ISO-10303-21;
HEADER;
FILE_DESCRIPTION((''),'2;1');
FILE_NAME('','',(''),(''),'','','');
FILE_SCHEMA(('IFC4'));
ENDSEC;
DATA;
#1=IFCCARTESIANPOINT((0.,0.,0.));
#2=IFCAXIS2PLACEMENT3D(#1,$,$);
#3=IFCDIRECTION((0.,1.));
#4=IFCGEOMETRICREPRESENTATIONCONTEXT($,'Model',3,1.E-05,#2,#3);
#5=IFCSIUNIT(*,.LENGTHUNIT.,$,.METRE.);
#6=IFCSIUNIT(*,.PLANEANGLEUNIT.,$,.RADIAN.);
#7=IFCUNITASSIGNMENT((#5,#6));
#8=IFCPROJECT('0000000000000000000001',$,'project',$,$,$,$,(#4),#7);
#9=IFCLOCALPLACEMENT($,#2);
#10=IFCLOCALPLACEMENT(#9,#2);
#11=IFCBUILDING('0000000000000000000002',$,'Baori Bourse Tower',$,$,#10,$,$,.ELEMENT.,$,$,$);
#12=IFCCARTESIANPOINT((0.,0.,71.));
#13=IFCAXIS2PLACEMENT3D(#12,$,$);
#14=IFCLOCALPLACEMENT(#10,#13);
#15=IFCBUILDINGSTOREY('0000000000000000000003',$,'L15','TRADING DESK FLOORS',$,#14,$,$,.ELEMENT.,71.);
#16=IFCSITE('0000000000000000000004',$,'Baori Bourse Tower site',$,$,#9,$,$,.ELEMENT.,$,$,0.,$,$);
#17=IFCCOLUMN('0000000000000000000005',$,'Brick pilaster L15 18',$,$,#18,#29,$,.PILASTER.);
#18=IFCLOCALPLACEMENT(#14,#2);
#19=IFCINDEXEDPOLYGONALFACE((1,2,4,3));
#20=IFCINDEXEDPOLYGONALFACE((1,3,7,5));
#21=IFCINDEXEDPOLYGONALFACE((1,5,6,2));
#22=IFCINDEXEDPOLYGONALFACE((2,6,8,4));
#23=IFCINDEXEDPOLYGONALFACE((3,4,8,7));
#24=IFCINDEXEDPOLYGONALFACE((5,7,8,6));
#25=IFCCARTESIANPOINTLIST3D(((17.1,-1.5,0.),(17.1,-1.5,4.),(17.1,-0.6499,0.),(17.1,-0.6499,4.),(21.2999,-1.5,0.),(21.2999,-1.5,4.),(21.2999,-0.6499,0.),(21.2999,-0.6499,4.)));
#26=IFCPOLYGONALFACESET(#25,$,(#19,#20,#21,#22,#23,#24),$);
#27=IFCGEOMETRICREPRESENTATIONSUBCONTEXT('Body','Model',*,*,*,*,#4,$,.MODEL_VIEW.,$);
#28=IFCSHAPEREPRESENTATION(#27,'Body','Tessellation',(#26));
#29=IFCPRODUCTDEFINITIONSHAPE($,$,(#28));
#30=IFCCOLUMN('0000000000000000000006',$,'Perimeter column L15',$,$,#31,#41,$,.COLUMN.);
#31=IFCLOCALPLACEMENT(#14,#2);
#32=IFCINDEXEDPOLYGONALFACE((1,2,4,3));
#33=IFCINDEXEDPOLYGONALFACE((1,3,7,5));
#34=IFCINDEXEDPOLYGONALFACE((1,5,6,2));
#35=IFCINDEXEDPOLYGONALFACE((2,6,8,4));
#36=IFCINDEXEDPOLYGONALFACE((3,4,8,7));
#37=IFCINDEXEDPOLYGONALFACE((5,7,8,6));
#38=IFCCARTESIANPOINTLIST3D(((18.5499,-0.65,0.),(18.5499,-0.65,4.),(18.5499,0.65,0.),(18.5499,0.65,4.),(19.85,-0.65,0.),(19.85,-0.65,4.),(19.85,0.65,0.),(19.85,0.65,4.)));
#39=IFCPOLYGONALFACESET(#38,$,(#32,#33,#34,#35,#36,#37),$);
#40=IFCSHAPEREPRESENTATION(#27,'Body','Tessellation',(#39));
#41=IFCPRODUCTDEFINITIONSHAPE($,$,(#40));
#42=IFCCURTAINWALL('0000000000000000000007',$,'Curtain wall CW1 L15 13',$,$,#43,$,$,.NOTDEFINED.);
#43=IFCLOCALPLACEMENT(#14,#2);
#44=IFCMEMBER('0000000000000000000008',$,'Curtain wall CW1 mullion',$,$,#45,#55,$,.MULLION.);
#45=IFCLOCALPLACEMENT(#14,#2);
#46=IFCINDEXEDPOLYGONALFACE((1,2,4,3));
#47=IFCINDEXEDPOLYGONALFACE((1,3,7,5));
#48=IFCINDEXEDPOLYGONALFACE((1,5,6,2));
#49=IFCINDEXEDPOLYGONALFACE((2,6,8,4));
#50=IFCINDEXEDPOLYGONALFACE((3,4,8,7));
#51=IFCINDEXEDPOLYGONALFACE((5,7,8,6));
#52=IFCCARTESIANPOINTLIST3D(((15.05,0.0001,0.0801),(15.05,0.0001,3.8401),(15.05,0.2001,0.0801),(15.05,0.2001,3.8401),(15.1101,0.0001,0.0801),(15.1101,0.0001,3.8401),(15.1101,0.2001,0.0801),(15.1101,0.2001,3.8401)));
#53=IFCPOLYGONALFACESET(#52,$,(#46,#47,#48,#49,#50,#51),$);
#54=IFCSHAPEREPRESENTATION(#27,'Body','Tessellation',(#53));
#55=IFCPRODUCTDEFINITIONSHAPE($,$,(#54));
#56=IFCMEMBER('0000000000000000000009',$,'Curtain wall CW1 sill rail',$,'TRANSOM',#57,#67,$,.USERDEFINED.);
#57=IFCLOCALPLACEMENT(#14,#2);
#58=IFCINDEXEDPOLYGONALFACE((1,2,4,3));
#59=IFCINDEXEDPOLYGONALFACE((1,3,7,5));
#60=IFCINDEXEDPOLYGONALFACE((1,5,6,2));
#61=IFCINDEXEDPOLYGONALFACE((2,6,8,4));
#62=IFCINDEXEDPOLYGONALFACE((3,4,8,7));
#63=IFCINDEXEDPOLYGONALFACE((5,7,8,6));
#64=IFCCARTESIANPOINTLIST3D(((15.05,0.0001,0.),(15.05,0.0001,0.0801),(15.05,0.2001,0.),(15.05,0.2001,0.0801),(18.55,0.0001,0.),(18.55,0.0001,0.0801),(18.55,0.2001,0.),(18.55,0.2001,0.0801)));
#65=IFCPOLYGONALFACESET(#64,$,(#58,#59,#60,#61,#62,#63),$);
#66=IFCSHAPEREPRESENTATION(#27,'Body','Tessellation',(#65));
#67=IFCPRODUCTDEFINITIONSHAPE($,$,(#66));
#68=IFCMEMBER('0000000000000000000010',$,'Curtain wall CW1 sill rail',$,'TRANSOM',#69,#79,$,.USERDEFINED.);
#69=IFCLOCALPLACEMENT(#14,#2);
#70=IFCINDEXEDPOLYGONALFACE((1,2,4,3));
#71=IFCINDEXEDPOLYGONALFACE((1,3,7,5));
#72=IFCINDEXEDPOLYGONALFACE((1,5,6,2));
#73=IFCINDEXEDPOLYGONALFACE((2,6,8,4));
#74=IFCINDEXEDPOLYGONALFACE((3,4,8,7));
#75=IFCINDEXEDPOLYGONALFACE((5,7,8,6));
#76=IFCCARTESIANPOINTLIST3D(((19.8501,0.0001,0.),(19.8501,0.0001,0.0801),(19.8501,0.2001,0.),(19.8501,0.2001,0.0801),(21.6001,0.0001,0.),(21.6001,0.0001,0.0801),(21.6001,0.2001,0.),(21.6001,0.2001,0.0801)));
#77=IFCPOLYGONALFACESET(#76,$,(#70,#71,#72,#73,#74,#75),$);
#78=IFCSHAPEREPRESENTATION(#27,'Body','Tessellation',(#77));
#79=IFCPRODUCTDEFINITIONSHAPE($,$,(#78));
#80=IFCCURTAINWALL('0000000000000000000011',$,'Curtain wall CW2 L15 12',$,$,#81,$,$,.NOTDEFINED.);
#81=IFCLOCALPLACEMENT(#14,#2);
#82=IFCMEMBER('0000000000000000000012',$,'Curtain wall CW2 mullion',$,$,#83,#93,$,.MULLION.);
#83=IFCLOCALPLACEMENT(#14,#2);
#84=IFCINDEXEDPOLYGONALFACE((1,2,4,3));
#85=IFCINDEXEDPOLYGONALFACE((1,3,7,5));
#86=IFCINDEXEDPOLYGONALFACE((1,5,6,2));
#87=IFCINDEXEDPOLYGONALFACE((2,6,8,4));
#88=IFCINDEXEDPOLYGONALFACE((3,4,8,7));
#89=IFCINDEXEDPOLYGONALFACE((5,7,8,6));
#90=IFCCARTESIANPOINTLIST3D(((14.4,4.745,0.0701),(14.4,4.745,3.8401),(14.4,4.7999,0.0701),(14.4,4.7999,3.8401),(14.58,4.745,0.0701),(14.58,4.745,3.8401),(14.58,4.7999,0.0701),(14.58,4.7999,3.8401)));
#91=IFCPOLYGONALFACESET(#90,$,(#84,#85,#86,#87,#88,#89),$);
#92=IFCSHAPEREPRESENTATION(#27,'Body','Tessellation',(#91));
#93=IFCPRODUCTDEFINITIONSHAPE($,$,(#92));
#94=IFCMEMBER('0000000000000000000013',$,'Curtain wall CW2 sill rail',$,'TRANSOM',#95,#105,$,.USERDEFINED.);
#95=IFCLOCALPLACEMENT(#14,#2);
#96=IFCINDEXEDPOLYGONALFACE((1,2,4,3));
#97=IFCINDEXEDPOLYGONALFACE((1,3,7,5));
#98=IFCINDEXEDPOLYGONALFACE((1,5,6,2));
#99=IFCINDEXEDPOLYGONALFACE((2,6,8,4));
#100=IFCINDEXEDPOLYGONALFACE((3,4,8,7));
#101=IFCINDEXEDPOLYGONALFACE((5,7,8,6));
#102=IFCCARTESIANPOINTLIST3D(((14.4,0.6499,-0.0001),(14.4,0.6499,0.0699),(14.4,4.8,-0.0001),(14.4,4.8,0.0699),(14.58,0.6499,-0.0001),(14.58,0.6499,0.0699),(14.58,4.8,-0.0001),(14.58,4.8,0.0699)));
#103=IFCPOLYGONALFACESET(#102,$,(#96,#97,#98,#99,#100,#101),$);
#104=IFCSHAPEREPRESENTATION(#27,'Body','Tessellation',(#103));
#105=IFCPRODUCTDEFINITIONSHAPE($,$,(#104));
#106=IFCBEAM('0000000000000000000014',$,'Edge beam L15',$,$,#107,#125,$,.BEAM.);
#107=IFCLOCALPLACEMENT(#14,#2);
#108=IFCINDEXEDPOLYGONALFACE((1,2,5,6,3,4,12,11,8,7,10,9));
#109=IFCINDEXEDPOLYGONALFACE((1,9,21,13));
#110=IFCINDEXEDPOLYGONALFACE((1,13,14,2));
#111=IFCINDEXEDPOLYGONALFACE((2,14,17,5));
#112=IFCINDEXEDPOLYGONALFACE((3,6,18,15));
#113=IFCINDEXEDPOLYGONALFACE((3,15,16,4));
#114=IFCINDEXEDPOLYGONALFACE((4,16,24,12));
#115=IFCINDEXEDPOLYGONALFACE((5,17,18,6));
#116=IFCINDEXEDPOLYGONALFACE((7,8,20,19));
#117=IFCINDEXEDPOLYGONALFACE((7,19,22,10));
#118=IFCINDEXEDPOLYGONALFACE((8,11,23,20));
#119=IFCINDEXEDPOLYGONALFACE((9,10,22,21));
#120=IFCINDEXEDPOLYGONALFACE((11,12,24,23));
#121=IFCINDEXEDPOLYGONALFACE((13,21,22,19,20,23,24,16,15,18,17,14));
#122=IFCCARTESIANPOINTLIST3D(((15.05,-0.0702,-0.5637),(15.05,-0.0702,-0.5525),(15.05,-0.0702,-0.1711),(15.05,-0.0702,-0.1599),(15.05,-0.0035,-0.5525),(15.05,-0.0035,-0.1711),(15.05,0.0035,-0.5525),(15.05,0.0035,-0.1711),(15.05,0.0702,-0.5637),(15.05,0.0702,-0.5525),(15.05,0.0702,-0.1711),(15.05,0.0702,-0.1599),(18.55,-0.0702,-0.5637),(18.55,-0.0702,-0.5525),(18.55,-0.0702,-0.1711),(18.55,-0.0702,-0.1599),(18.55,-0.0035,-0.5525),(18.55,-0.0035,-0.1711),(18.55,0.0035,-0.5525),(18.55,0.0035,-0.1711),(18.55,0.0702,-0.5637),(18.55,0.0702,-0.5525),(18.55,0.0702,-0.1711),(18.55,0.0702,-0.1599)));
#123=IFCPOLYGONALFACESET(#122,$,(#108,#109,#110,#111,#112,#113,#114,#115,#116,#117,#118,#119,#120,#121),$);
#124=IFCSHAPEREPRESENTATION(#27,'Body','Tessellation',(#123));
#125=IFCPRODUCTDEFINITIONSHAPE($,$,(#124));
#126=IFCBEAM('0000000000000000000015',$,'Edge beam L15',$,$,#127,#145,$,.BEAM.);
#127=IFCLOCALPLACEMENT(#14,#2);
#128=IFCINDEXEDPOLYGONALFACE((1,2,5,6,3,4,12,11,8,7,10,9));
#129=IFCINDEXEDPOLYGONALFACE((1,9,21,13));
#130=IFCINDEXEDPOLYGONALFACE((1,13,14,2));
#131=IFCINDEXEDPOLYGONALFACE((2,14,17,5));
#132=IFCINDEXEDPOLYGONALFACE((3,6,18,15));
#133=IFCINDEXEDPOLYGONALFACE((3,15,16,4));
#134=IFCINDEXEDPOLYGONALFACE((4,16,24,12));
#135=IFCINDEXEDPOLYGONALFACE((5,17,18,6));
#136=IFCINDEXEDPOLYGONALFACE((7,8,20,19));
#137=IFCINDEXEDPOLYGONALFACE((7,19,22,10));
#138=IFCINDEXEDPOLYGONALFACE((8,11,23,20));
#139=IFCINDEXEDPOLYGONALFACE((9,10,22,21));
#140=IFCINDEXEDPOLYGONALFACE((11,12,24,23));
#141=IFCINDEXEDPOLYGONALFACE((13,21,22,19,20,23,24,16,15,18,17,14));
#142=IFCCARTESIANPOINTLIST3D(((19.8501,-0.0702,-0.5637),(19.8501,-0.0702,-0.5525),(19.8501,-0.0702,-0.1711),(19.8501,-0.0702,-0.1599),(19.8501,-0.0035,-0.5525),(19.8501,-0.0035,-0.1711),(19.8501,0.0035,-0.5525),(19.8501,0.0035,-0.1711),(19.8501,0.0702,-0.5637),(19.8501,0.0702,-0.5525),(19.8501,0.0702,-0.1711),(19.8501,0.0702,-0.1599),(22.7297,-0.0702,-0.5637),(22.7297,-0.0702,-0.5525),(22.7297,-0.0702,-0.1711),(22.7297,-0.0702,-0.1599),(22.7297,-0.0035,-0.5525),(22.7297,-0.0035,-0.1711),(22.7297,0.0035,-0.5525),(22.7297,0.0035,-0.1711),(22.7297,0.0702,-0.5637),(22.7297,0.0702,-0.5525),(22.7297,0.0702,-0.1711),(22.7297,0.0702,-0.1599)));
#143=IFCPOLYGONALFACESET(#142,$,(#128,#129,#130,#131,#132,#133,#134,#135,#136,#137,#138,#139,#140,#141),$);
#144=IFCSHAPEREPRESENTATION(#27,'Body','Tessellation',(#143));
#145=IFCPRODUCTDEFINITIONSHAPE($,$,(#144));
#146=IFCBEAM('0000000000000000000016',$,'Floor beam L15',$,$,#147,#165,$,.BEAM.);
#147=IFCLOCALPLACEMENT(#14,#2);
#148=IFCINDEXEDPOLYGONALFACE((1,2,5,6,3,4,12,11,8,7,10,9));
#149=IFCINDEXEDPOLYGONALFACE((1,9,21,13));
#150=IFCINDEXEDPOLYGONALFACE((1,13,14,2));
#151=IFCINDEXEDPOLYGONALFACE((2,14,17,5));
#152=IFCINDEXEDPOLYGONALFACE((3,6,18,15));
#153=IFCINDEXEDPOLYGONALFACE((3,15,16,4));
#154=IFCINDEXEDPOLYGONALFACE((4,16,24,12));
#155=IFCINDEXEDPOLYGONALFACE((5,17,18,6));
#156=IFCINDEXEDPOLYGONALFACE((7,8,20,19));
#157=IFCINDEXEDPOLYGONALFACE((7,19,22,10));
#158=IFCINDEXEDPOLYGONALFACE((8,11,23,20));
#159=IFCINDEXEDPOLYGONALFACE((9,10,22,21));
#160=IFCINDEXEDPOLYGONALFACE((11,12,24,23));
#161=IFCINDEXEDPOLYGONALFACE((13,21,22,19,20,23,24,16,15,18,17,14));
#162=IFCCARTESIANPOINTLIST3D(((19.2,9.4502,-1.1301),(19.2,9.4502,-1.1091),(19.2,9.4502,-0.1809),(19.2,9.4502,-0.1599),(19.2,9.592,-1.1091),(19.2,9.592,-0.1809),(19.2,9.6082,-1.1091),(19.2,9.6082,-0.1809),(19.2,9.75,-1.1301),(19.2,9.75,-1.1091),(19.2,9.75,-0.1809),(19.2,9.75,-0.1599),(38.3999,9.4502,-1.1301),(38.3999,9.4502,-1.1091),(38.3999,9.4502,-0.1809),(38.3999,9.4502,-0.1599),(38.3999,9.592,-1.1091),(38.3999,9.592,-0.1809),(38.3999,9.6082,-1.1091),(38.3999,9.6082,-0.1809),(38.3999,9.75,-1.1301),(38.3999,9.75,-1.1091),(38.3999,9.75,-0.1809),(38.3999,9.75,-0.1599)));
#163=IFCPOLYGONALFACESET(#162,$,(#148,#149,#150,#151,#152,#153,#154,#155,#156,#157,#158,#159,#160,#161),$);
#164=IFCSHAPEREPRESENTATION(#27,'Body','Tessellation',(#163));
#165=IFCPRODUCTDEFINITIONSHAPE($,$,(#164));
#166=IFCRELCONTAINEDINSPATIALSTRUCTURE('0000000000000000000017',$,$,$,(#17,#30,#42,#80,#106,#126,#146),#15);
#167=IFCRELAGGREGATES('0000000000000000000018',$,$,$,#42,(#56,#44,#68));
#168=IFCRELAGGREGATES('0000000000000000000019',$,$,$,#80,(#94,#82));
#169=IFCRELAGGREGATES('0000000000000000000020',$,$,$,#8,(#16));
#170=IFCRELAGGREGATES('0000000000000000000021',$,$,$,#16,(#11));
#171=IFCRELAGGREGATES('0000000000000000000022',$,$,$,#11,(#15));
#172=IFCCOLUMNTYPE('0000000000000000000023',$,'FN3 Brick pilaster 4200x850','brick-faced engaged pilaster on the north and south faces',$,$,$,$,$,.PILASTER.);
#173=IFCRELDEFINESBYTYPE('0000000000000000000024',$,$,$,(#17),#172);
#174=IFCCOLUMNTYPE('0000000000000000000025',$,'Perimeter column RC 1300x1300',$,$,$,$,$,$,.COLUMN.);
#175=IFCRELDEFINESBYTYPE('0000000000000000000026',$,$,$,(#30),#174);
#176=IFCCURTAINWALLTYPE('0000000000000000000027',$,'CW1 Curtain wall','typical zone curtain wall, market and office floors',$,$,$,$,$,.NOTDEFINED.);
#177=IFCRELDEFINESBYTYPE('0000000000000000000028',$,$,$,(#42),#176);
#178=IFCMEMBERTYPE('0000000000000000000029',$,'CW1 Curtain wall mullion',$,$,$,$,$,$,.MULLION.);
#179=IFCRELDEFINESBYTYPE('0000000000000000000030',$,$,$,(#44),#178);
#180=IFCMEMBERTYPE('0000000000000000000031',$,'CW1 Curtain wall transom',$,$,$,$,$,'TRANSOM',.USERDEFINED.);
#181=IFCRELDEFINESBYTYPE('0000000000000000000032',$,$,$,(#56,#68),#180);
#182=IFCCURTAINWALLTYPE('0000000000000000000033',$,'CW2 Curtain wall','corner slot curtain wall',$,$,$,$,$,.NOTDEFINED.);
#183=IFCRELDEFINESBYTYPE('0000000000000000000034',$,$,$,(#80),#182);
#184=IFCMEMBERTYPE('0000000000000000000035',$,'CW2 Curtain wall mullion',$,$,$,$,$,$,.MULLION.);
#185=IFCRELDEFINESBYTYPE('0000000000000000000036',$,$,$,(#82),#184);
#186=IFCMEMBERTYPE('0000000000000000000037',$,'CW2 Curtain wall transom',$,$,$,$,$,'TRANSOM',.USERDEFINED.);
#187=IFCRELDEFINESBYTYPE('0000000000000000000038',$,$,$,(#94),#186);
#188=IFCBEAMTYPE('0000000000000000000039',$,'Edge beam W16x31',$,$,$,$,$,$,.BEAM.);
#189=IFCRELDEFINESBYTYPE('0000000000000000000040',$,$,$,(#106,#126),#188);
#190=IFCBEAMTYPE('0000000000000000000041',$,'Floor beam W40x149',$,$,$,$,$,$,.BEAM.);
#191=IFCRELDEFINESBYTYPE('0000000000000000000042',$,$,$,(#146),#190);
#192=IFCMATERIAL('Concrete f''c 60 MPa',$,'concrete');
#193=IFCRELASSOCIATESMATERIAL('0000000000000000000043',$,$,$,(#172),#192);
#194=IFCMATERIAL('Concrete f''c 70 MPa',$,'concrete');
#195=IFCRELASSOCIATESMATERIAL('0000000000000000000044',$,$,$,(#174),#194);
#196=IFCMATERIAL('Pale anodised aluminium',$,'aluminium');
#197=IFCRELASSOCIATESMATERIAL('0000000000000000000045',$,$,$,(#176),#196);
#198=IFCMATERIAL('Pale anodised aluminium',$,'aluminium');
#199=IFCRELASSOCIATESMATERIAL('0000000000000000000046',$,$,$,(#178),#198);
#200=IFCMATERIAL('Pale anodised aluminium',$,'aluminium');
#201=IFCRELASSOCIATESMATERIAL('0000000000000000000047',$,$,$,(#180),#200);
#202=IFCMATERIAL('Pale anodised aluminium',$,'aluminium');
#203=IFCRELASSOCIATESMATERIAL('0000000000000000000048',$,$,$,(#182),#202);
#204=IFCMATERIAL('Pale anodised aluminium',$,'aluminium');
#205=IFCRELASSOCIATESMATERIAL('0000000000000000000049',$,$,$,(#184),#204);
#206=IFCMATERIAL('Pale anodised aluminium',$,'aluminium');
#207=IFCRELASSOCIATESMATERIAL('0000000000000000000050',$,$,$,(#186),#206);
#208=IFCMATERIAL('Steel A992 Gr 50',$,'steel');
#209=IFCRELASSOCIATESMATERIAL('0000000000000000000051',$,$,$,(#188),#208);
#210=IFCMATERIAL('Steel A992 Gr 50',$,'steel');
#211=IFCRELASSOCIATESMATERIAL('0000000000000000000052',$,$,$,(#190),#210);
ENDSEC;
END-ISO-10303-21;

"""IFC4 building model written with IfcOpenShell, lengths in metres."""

from ifc_helpers import new_model, si_unit, direction, frame, origin, origin_2d, place, context, subcontext, project, spatial, rectangle, i_section, extrude, material, material_profile, profile_set, type_object, element, aggregate, save


model = new_model("IFC4")

# Units and contexts
model_context = context("Model", 3, precision=1e-05, world=origin(), true_north=direction((0.0, 1.0)))
body_context = subcontext(model_context, "Body", "Model", "MODEL_VIEW")
ifc_project = project(units=[si_unit("LENGTHUNIT", "METRE"), si_unit("PLANEANGLEUNIT", "RADIAN")], contexts=[model_context])

# Site, building, storey
site_placement = place(None, origin())
site = spatial("IfcSite", under=ifc_project, at=site_placement, Name="Baori Bourse Tower site", CompositionType="ELEMENT", RefElevation=0.0)
building_placement = place(site_placement, origin())
building = spatial("IfcBuilding", under=site, at=building_placement, Name="Baori Bourse Tower", CompositionType="ELEMENT")
storey_placement = place(building_placement, frame((0.0, 0.0, 71.0)))
storey = spatial("IfcBuildingStorey", under=building, at=storey_placement, Name="L15", Description="TRADING DESK FLOORS", CompositionType="ELEMENT", Elevation=71.0)

# Columns
ifc_material_1 = material(Name="Concrete f'c 60 MPa", Category="concrete")
ifc_material_profile_1 = material_profile(ifc_material_1, rectangle(XDim=4.2, YDim=0.8501, at=origin_2d()), Name="RC 4200x850")
ifc_profile_set_1 = profile_set([ifc_material_profile_1], Name="Concrete f'c 60 MPa")
column_type_1 = type_object("IfcColumnType", Name="FN3 Brick pilaster 4200x850", Description="brick-faced engaged pilaster on the north and south faces", PredefinedType="PILASTER", material=ifc_profile_set_1)
column_1_placement = place(storey_placement, frame((19.2, -1.075, 0.0), z_axis=(0.0, 0.0, 1.0), x_axis=(1.0, 0.0, 0.0)))
element("IfcColumn", 1, at=column_1_placement, inside=storey, type_object=column_type_1, Name="Brick pilaster L15 18", PredefinedType="PILASTER", context=body_context, shape_type="SweptSolid", body=[
    extrude(rectangle(XDim=4.2, YDim=0.8501, at=origin_2d()), origin(), (0.0, 0.0, 1.0), 4.0),
])
ifc_material_2 = material(Name="Concrete f'c 70 MPa", Category="concrete")
ifc_material_profile_2 = material_profile(ifc_material_2, rectangle(XDim=1.3, YDim=1.3, at=origin_2d()), Name="RC 1300x1300")
ifc_profile_set_2 = profile_set([ifc_material_profile_2], Name="Concrete f'c 70 MPa")
column_type_2 = type_object("IfcColumnType", Name="Perimeter column RC 1300x1300", PredefinedType="COLUMN", material=ifc_profile_set_2)
column_2_placement = place(storey_placement, frame((19.2, 0.0, 0.0), z_axis=(0.0, 0.0, 1.0), x_axis=(1.0, 0.0, 0.0)))
element("IfcColumn", 2, at=column_2_placement, inside=storey, type_object=column_type_2, Name="Perimeter column L15", PredefinedType="COLUMN", context=body_context, shape_type="SweptSolid", body=[
    extrude(rectangle(XDim=1.3, YDim=1.3, at=origin_2d()), origin(), (0.0, 0.0, 1.0), 4.0),
])

# Curtain walls, members
ifc_material_3 = material(Name="Pale anodised aluminium", Category="aluminium")
curtain_wall_type_1 = type_object("IfcCurtainWallType", Name="CW1 Curtain wall", Description="typical zone curtain wall, market and office floors", PredefinedType="NOTDEFINED", material=ifc_material_3)
curtain_wall_1_placement = place(storey_placement, origin())
curtain_wall_1 = element("IfcCurtainWall", 3, at=curtain_wall_1_placement, inside=storey, type_object=curtain_wall_type_1, Name="Curtain wall CW1 L15 13", PredefinedType="NOTDEFINED")
ifc_material_4 = material(Name="Pale anodised aluminium", Category="aluminium")
ifc_material_profile_3 = material_profile(ifc_material_4, rectangle(XDim=0.2, YDim=0.0601, at=origin_2d()), Name="Mullion 60x200")
ifc_profile_set_3 = profile_set([ifc_material_profile_3], Name="Pale anodised aluminium")
member_type_1 = type_object("IfcMemberType", Name="CW1 Curtain wall mullion", PredefinedType="MULLION", material=ifc_profile_set_3)
member_1_placement = place(storey_placement, frame((15.0801, 0.1001, 0.0801), z_axis=(0.0, 0.0, 1.0), x_axis=(0.0, 1.0, 0.0)))
member_1 = element("IfcMember", 4, at=member_1_placement, type_object=member_type_1, Name="Curtain wall CW1 mullion", PredefinedType="MULLION", context=body_context, shape_type="SweptSolid", body=[
    extrude(rectangle(XDim=0.2, YDim=0.0601, at=origin_2d()), origin(), (0.0, 0.0, 1.0), 3.76),
])
ifc_material_5 = material(Name="Pale anodised aluminium", Category="aluminium")
ifc_material_profile_4 = material_profile(ifc_material_5, rectangle(XDim=0.2, YDim=0.0801, at=origin_2d()), Name="Transom 80x200")
ifc_profile_set_4 = profile_set([ifc_material_profile_4], Name="Pale anodised aluminium")
member_type_2 = type_object("IfcMemberType", Name="CW1 Curtain wall transom", ElementType="TRANSOM", PredefinedType="USERDEFINED", material=ifc_profile_set_4)
member_2_placement = place(storey_placement, frame((15.05, 0.1001, 0.04), z_axis=(1.0, 0.0, 0.0), x_axis=(0.0, 1.0, 0.0)))
member_2 = element("IfcMember", 5, at=member_2_placement, type_object=member_type_2, Name="Curtain wall CW1 sill rail", ObjectType="TRANSOM", PredefinedType="USERDEFINED", context=body_context, shape_type="SweptSolid", body=[
    extrude(rectangle(XDim=0.2, YDim=0.0801, at=origin_2d()), origin(), (0.0, 0.0, 1.0), 3.5),
])
member_3_placement = place(storey_placement, frame((19.8501, 0.1001, 0.04), z_axis=(1.0, 0.0, 0.0), x_axis=(0.0, 1.0, 0.0)))
member_3 = element("IfcMember", 6, at=member_3_placement, type_object=member_type_2, Name="Curtain wall CW1 sill rail", ObjectType="TRANSOM", PredefinedType="USERDEFINED", context=body_context, shape_type="SweptSolid", body=[
    extrude(rectangle(XDim=0.2, YDim=0.0801, at=origin_2d()), origin(), (0.0, 0.0, 1.0), 1.75),
])
ifc_material_6 = material(Name="Pale anodised aluminium", Category="aluminium")
curtain_wall_type_2 = type_object("IfcCurtainWallType", Name="CW2 Curtain wall", Description="corner slot curtain wall", PredefinedType="NOTDEFINED", material=ifc_material_6)
curtain_wall_2_placement = place(storey_placement, origin())
curtain_wall_2 = element("IfcCurtainWall", 7, at=curtain_wall_2_placement, inside=storey, type_object=curtain_wall_type_2, Name="Curtain wall CW2 L15 12", PredefinedType="NOTDEFINED")
ifc_material_7 = material(Name="Pale anodised aluminium", Category="aluminium")
ifc_material_profile_5 = material_profile(ifc_material_7, rectangle(XDim=0.1799, YDim=0.0549, at=origin_2d()), Name="Mullion 55x180")
ifc_profile_set_5 = profile_set([ifc_material_profile_5], Name="Pale anodised aluminium")
member_type_3 = type_object("IfcMemberType", Name="CW2 Curtain wall mullion", PredefinedType="MULLION", material=ifc_profile_set_5)
member_4_placement = place(storey_placement, frame((14.49, 4.7725, 0.0701), z_axis=(0.0, 0.0, 1.0), x_axis=(1.0, 0.0, 0.0)))
member_4 = element("IfcMember", 8, at=member_4_placement, type_object=member_type_3, Name="Curtain wall CW2 mullion", PredefinedType="MULLION", context=body_context, shape_type="SweptSolid", body=[
    extrude(rectangle(XDim=0.1799, YDim=0.0549, at=origin_2d()), origin(), (0.0, 0.0, 1.0), 3.77),
])
ifc_material_8 = material(Name="Pale anodised aluminium", Category="aluminium")
ifc_material_profile_6 = material_profile(ifc_material_8, rectangle(XDim=0.1799, YDim=0.0701, at=origin_2d()), Name="Transom 70x180")
ifc_profile_set_6 = profile_set([ifc_material_profile_6], Name="Pale anodised aluminium")
member_type_4 = type_object("IfcMemberType", Name="CW2 Curtain wall transom", ElementType="TRANSOM", PredefinedType="USERDEFINED", material=ifc_profile_set_6)
member_5_placement = place(storey_placement, frame((14.49, 4.8, 0.0349), z_axis=(0.0, -1.0, 0.0), x_axis=(1.0, 0.0, 0.0)))
member_5 = element("IfcMember", 9, at=member_5_placement, type_object=member_type_4, Name="Curtain wall CW2 sill rail", ObjectType="TRANSOM", PredefinedType="USERDEFINED", context=body_context, shape_type="SweptSolid", body=[
    extrude(rectangle(XDim=0.1799, YDim=0.0701, at=origin_2d()), origin(), (0.0, 0.0, 1.0), 4.1501),
])

# Beams
ifc_material_9 = material(Name="Steel A992 Gr 50", Category="steel")
ifc_material_profile_7 = material_profile(ifc_material_9, i_section(OverallWidth=0.1404, OverallDepth=0.4038, WebThickness=0.0071, FlangeThickness=0.0112, at=origin_2d()), Name="W16x31")
ifc_profile_set_7 = profile_set([ifc_material_profile_7], Name="Steel A992 Gr 50")
beam_type_1 = type_object("IfcBeamType", Name="Edge beam W16x31", PredefinedType="BEAM", material=ifc_profile_set_7)
beam_1_placement = place(storey_placement, frame((15.05, 0.0, -0.3618), z_axis=(1.0, 0.0, 0.0), x_axis=(0.0, 1.0, 0.0)))
element("IfcBeam", 10, at=beam_1_placement, inside=storey, type_object=beam_type_1, Name="Edge beam L15", PredefinedType="BEAM", context=body_context, shape_type="SweptSolid", body=[
    extrude(i_section(OverallWidth=0.1404, OverallDepth=0.4038, WebThickness=0.0071, FlangeThickness=0.0112, at=origin_2d()), origin(), (0.0, 0.0, 1.0), 3.5),
])
beam_2_placement = place(storey_placement, frame((19.8501, 0.0, -0.3618), z_axis=(1.0, 0.0, 0.0), x_axis=(0.0, 1.0, 0.0)))
element("IfcBeam", 11, at=beam_2_placement, inside=storey, type_object=beam_type_1, Name="Edge beam L15", PredefinedType="BEAM", context=body_context, shape_type="SweptSolid", body=[
    extrude(i_section(OverallWidth=0.1404, OverallDepth=0.4038, WebThickness=0.0071, FlangeThickness=0.0112, at=origin_2d()), origin(), (0.0, 0.0, 1.0), 2.8796),
])
ifc_material_10 = material(Name="Steel A992 Gr 50", Category="steel")
ifc_material_profile_8 = material_profile(ifc_material_10, i_section(OverallWidth=0.2998, OverallDepth=0.9702, WebThickness=0.0161, FlangeThickness=0.021, at=origin_2d()), Name="W40x149")
ifc_profile_set_8 = profile_set([ifc_material_profile_8], Name="Steel A992 Gr 50")
beam_type_2 = type_object("IfcBeamType", Name="Floor beam W40x149", PredefinedType="BEAM", material=ifc_profile_set_8)
beam_3_placement = place(storey_placement, frame((19.2, 9.6001, -0.645), z_axis=(1.0, 0.0, 0.0), x_axis=(0.0, 1.0, 0.0)))
element("IfcBeam", 12, at=beam_3_placement, inside=storey, type_object=beam_type_2, Name="Floor beam L15", PredefinedType="BEAM", context=body_context, shape_type="SweptSolid", body=[
    extrude(i_section(OverallWidth=0.2998, OverallDepth=0.9702, WebThickness=0.0161, FlangeThickness=0.021, at=origin_2d()), origin(), (0.0, 0.0, 1.0), 19.2),
])

aggregate(curtain_wall_1, [member_2, member_1, member_3])
aggregate(curtain_wall_2, [member_5, member_4])

save(model, "model.ifc")
